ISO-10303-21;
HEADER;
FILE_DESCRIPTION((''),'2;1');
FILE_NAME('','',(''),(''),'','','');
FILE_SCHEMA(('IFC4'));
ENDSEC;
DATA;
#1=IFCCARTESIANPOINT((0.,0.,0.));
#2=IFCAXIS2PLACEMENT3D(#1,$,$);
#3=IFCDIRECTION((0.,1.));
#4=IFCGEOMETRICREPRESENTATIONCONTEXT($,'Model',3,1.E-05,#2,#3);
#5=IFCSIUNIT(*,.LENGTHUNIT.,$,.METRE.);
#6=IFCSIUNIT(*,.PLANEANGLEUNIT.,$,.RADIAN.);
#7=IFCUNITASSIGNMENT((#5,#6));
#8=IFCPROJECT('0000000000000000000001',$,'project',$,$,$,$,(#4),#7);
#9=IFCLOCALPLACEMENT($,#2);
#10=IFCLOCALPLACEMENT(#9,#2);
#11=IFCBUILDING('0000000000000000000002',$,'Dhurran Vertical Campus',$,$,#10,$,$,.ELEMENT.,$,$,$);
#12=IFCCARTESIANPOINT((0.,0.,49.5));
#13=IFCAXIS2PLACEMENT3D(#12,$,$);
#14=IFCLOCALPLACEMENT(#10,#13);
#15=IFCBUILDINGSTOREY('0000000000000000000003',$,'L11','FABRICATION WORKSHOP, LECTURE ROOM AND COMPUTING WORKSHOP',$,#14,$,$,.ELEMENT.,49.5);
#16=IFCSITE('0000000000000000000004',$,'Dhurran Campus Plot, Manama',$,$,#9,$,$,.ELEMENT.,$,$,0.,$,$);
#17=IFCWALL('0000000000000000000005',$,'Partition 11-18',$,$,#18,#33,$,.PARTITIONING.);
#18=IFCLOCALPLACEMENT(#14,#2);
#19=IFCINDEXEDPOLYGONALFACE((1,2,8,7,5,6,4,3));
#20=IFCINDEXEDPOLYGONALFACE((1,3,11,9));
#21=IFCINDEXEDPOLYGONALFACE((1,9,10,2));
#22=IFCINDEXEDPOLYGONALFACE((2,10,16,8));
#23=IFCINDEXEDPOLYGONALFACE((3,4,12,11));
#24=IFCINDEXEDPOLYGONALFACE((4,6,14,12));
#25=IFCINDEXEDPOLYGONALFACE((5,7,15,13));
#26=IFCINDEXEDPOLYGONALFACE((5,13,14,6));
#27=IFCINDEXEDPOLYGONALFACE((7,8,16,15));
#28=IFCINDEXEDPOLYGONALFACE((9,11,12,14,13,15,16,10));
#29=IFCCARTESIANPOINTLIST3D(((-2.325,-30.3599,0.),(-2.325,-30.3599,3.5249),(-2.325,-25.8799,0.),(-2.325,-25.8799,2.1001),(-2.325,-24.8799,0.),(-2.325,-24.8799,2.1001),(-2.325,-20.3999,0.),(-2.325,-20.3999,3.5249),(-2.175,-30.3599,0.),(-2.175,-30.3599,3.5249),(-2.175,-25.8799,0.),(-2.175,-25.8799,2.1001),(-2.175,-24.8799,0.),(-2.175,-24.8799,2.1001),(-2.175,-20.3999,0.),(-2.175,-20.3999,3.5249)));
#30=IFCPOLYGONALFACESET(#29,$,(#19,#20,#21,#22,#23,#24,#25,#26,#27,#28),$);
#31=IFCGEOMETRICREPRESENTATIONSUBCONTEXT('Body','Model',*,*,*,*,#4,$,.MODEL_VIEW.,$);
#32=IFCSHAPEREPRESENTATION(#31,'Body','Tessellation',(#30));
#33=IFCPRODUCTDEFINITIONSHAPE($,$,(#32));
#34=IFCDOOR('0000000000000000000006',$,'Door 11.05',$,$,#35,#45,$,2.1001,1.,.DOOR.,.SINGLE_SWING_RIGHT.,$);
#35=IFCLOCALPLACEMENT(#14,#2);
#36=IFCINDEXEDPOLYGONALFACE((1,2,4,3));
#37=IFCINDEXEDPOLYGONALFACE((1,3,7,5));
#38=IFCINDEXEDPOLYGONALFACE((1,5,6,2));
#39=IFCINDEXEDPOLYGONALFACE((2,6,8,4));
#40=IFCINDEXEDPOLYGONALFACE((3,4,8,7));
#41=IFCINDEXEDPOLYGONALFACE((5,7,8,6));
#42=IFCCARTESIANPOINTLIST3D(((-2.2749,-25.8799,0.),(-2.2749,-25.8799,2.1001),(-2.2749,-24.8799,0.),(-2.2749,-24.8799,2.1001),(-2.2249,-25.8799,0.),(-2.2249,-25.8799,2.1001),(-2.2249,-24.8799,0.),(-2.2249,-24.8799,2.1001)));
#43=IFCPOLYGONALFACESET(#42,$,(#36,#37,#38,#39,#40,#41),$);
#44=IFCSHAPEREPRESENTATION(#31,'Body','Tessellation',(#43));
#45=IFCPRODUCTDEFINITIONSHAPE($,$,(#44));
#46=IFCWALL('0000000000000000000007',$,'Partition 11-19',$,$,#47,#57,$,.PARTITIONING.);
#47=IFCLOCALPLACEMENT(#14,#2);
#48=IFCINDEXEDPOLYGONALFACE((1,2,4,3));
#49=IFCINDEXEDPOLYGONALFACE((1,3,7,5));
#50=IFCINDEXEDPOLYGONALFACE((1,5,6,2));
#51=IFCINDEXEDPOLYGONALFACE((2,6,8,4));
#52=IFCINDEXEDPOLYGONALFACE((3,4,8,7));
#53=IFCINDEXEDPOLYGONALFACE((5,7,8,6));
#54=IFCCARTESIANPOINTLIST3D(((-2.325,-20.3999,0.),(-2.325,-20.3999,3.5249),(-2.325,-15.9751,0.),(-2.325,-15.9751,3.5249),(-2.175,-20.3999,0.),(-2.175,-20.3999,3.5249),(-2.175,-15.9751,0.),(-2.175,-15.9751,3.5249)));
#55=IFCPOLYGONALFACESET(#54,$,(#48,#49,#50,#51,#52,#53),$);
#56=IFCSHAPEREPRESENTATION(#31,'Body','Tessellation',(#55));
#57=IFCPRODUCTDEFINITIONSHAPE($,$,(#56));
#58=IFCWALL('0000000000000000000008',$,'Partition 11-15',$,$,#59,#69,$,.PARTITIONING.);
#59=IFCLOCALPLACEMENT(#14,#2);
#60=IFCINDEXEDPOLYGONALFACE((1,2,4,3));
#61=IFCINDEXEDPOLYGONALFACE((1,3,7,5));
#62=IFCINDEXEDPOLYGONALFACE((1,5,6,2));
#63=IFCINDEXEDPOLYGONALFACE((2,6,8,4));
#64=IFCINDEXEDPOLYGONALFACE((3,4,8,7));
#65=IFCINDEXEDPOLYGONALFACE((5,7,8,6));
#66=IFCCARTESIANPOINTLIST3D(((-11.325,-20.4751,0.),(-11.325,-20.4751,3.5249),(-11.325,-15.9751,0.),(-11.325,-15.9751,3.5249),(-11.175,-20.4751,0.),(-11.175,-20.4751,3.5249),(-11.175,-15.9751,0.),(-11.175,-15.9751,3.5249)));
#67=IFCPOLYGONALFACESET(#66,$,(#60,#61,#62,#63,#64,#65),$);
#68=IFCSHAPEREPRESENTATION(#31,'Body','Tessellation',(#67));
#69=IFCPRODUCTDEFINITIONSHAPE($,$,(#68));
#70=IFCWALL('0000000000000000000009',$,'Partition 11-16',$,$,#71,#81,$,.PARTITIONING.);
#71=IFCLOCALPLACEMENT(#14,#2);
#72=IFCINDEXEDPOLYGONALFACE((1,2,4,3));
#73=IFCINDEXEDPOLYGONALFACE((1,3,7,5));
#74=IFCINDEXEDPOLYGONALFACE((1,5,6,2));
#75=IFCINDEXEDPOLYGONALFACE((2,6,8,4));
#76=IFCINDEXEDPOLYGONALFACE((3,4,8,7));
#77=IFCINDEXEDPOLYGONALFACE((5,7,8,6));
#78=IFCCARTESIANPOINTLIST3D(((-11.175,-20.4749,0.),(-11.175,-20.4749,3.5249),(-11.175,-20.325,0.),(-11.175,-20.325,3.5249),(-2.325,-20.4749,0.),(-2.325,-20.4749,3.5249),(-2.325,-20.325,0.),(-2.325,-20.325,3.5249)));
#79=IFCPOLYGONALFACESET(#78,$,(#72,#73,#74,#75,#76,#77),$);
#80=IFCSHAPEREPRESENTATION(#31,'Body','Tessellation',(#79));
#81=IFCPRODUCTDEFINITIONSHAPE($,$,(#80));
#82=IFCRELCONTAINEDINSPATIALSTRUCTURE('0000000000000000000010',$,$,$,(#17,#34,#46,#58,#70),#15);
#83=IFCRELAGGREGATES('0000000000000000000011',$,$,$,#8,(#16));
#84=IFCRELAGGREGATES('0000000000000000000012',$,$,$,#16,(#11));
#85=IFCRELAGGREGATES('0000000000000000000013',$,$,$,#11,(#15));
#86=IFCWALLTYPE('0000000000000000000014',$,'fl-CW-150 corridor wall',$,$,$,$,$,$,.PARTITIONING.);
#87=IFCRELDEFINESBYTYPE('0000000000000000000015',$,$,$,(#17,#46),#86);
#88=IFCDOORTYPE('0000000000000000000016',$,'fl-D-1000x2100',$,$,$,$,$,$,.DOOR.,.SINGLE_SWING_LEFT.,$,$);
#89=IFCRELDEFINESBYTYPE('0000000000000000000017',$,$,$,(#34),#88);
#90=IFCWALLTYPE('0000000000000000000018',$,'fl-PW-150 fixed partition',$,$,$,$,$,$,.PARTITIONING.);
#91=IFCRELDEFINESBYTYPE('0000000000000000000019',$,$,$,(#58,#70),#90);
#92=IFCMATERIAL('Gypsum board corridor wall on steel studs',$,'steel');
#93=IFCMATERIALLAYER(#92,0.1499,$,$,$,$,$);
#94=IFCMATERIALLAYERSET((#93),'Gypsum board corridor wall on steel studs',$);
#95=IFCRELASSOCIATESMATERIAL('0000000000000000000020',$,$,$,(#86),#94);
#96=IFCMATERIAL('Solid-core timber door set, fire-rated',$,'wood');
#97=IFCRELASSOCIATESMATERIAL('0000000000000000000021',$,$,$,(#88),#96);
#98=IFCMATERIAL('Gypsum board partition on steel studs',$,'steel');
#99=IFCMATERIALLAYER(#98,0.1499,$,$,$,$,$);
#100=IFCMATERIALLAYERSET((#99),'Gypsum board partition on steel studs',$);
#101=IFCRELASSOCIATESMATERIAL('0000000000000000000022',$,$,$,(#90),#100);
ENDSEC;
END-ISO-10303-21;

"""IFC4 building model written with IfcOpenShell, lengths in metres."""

from ifc_helpers import new_model, si_unit, direction, frame, frame_2d, origin, place, context, subcontext, project, spatial, rectangle, extrude, material, layer, layer_set, type_object, element, fill, save


model = new_model("IFC4")

# Units and contexts
model_context = context("Model", 3, precision=1e-05, world=origin(), true_north=direction((0.0, 1.0)))
body_context = subcontext(model_context, "Body", "Model", "MODEL_VIEW")
ifc_project = project(units=[si_unit("LENGTHUNIT", "METRE"), si_unit("PLANEANGLEUNIT", "RADIAN")], contexts=[model_context])

# Site, building, storey
site_placement = place(None, origin())
site = spatial("IfcSite", under=ifc_project, at=site_placement, Name="Dhurran Campus Plot, Manama", CompositionType="ELEMENT", RefElevation=0.0)
building_placement = place(site_placement, origin())
building = spatial("IfcBuilding", under=site, at=building_placement, Name="Dhurran Vertical Campus", CompositionType="ELEMENT")
storey_placement = place(building_placement, frame((0.0, 0.0, 49.5)))
storey = spatial("IfcBuildingStorey", under=building, at=storey_placement, Name="L11", Description="FABRICATION WORKSHOP, LECTURE ROOM AND COMPUTING WORKSHOP", CompositionType="ELEMENT", Elevation=49.5)

# Wall, opening, door
ifc_material_1 = material(Name="Gypsum board corridor wall on steel studs", Category="steel")
ifc_layer_1 = layer(ifc_material_1, 0.1499)
ifc_layer_set_1 = layer_set([ifc_layer_1], Name="Gypsum board corridor wall on steel studs")
wall_type_1 = type_object("IfcWallType", Name="fl-CW-150 corridor wall", PredefinedType="PARTITIONING", material=ifc_layer_set_1)
ifc_material_2 = material(Name="Solid-core timber door set, fire-rated", Category="wood")
door_type_1 = type_object("IfcDoorType", Name="fl-D-1000x2100", OperationType="SINGLE_SWING_LEFT", PredefinedType="DOOR", material=ifc_material_2)
wall_1_placement = place(storey_placement, frame((-2.25, -30.3599, 0.0), z_axis=(0.0, 0.0, 1.0), x_axis=(0.0, 1.0, 0.0)))
wall_1 = element("IfcWall", 1, at=wall_1_placement, inside=storey, type_object=wall_type_1, Name="Partition 11-18", PredefinedType="PARTITIONING", context=body_context, shape_type="SweptSolid", body=[
    extrude(rectangle(XDim=9.96, YDim=0.1499, at=frame_2d((4.98, 0.0))), origin(), (0.0, 0.0, 1.0), 3.5249),
])
opening_1_placement = place(wall_1_placement, frame((4.48, 0.0, 0.0)))
opening_1 = element("IfcOpeningElement", 2, at=opening_1_placement, cuts=wall_1, PredefinedType="OPENING", context=body_context, shape_type="SweptSolid", body=[
    extrude(rectangle(XDim=1.0, YDim=2.1001, at=frame_2d((0.5, 1.05))), frame((0.0, 0.085, 0.0), z_axis=(0.0, -1.0, 0.0), x_axis=(1.0, 0.0, 0.0)), (0.0, 0.0, 1.0), 0.1699),
])
door_1_placement = place(opening_1_placement, origin())
door_1 = element("IfcDoor", 3, at=door_1_placement, inside=storey, type_object=door_type_1, Name="Door 11.05", OperationType="SINGLE_SWING_RIGHT", OverallHeight=2.1001, OverallWidth=1.0, PredefinedType="DOOR", context=body_context, shape_type="SweptSolid", body=[
    extrude(rectangle(XDim=1.0, YDim=2.1001, at=frame_2d((0.5, 1.05))), frame((0.0, 0.0249, 0.0), z_axis=(0.0, -1.0, 0.0), x_axis=(1.0, 0.0, 0.0)), (0.0, 0.0, 1.0), 0.05),
])
fill(opening_1, door_1)

# Walls
wall_2_placement = place(storey_placement, frame((-2.25, -20.3999, 0.0), z_axis=(0.0, 0.0, 1.0), x_axis=(0.0, 1.0, 0.0)))
element("IfcWall", 4, at=wall_2_placement, inside=storey, type_object=wall_type_1, Name="Partition 11-19", PredefinedType="PARTITIONING", context=body_context, shape_type="SweptSolid", body=[
    extrude(rectangle(XDim=4.4248, YDim=0.1499, at=frame_2d((2.2124, 0.0))), origin(), (0.0, 0.0, 1.0), 3.5249),
])
ifc_material_3 = material(Name="Gypsum board partition on steel studs", Category="steel")
ifc_layer_2 = layer(ifc_material_3, 0.1499)
ifc_layer_set_2 = layer_set([ifc_layer_2], Name="Gypsum board partition on steel studs")
wall_type_2 = type_object("IfcWallType", Name="fl-PW-150 fixed partition", PredefinedType="PARTITIONING", material=ifc_layer_set_2)
wall_3_placement = place(storey_placement, frame((-11.25, -15.9751, 0.0), z_axis=(0.0, 0.0, 1.0), x_axis=(0.0, -1.0, 0.0)))
element("IfcWall", 5, at=wall_3_placement, inside=storey, type_object=wall_type_2, Name="Partition 11-15", PredefinedType="PARTITIONING", context=body_context, shape_type="SweptSolid", body=[
    extrude(rectangle(XDim=4.5, YDim=0.1499, at=frame_2d((2.25, 0.0))), origin(), (0.0, 0.0, 1.0), 3.5249),
])
wall_4_placement = place(storey_placement, frame((-11.175, -20.3999, 0.0), z_axis=(0.0, 0.0, 1.0), x_axis=(1.0, 0.0, 0.0)))
element("IfcWall", 6, at=wall_4_placement, inside=storey, type_object=wall_type_2, Name="Partition 11-16", PredefinedType="PARTITIONING", context=body_context, shape_type="SweptSolid", body=[
    extrude(rectangle(XDim=8.8501, YDim=0.1499, at=frame_2d((4.425, 0.0))), origin(), (0.0, 0.0, 1.0), 3.5249),
])

save(model, "model.ifc")
